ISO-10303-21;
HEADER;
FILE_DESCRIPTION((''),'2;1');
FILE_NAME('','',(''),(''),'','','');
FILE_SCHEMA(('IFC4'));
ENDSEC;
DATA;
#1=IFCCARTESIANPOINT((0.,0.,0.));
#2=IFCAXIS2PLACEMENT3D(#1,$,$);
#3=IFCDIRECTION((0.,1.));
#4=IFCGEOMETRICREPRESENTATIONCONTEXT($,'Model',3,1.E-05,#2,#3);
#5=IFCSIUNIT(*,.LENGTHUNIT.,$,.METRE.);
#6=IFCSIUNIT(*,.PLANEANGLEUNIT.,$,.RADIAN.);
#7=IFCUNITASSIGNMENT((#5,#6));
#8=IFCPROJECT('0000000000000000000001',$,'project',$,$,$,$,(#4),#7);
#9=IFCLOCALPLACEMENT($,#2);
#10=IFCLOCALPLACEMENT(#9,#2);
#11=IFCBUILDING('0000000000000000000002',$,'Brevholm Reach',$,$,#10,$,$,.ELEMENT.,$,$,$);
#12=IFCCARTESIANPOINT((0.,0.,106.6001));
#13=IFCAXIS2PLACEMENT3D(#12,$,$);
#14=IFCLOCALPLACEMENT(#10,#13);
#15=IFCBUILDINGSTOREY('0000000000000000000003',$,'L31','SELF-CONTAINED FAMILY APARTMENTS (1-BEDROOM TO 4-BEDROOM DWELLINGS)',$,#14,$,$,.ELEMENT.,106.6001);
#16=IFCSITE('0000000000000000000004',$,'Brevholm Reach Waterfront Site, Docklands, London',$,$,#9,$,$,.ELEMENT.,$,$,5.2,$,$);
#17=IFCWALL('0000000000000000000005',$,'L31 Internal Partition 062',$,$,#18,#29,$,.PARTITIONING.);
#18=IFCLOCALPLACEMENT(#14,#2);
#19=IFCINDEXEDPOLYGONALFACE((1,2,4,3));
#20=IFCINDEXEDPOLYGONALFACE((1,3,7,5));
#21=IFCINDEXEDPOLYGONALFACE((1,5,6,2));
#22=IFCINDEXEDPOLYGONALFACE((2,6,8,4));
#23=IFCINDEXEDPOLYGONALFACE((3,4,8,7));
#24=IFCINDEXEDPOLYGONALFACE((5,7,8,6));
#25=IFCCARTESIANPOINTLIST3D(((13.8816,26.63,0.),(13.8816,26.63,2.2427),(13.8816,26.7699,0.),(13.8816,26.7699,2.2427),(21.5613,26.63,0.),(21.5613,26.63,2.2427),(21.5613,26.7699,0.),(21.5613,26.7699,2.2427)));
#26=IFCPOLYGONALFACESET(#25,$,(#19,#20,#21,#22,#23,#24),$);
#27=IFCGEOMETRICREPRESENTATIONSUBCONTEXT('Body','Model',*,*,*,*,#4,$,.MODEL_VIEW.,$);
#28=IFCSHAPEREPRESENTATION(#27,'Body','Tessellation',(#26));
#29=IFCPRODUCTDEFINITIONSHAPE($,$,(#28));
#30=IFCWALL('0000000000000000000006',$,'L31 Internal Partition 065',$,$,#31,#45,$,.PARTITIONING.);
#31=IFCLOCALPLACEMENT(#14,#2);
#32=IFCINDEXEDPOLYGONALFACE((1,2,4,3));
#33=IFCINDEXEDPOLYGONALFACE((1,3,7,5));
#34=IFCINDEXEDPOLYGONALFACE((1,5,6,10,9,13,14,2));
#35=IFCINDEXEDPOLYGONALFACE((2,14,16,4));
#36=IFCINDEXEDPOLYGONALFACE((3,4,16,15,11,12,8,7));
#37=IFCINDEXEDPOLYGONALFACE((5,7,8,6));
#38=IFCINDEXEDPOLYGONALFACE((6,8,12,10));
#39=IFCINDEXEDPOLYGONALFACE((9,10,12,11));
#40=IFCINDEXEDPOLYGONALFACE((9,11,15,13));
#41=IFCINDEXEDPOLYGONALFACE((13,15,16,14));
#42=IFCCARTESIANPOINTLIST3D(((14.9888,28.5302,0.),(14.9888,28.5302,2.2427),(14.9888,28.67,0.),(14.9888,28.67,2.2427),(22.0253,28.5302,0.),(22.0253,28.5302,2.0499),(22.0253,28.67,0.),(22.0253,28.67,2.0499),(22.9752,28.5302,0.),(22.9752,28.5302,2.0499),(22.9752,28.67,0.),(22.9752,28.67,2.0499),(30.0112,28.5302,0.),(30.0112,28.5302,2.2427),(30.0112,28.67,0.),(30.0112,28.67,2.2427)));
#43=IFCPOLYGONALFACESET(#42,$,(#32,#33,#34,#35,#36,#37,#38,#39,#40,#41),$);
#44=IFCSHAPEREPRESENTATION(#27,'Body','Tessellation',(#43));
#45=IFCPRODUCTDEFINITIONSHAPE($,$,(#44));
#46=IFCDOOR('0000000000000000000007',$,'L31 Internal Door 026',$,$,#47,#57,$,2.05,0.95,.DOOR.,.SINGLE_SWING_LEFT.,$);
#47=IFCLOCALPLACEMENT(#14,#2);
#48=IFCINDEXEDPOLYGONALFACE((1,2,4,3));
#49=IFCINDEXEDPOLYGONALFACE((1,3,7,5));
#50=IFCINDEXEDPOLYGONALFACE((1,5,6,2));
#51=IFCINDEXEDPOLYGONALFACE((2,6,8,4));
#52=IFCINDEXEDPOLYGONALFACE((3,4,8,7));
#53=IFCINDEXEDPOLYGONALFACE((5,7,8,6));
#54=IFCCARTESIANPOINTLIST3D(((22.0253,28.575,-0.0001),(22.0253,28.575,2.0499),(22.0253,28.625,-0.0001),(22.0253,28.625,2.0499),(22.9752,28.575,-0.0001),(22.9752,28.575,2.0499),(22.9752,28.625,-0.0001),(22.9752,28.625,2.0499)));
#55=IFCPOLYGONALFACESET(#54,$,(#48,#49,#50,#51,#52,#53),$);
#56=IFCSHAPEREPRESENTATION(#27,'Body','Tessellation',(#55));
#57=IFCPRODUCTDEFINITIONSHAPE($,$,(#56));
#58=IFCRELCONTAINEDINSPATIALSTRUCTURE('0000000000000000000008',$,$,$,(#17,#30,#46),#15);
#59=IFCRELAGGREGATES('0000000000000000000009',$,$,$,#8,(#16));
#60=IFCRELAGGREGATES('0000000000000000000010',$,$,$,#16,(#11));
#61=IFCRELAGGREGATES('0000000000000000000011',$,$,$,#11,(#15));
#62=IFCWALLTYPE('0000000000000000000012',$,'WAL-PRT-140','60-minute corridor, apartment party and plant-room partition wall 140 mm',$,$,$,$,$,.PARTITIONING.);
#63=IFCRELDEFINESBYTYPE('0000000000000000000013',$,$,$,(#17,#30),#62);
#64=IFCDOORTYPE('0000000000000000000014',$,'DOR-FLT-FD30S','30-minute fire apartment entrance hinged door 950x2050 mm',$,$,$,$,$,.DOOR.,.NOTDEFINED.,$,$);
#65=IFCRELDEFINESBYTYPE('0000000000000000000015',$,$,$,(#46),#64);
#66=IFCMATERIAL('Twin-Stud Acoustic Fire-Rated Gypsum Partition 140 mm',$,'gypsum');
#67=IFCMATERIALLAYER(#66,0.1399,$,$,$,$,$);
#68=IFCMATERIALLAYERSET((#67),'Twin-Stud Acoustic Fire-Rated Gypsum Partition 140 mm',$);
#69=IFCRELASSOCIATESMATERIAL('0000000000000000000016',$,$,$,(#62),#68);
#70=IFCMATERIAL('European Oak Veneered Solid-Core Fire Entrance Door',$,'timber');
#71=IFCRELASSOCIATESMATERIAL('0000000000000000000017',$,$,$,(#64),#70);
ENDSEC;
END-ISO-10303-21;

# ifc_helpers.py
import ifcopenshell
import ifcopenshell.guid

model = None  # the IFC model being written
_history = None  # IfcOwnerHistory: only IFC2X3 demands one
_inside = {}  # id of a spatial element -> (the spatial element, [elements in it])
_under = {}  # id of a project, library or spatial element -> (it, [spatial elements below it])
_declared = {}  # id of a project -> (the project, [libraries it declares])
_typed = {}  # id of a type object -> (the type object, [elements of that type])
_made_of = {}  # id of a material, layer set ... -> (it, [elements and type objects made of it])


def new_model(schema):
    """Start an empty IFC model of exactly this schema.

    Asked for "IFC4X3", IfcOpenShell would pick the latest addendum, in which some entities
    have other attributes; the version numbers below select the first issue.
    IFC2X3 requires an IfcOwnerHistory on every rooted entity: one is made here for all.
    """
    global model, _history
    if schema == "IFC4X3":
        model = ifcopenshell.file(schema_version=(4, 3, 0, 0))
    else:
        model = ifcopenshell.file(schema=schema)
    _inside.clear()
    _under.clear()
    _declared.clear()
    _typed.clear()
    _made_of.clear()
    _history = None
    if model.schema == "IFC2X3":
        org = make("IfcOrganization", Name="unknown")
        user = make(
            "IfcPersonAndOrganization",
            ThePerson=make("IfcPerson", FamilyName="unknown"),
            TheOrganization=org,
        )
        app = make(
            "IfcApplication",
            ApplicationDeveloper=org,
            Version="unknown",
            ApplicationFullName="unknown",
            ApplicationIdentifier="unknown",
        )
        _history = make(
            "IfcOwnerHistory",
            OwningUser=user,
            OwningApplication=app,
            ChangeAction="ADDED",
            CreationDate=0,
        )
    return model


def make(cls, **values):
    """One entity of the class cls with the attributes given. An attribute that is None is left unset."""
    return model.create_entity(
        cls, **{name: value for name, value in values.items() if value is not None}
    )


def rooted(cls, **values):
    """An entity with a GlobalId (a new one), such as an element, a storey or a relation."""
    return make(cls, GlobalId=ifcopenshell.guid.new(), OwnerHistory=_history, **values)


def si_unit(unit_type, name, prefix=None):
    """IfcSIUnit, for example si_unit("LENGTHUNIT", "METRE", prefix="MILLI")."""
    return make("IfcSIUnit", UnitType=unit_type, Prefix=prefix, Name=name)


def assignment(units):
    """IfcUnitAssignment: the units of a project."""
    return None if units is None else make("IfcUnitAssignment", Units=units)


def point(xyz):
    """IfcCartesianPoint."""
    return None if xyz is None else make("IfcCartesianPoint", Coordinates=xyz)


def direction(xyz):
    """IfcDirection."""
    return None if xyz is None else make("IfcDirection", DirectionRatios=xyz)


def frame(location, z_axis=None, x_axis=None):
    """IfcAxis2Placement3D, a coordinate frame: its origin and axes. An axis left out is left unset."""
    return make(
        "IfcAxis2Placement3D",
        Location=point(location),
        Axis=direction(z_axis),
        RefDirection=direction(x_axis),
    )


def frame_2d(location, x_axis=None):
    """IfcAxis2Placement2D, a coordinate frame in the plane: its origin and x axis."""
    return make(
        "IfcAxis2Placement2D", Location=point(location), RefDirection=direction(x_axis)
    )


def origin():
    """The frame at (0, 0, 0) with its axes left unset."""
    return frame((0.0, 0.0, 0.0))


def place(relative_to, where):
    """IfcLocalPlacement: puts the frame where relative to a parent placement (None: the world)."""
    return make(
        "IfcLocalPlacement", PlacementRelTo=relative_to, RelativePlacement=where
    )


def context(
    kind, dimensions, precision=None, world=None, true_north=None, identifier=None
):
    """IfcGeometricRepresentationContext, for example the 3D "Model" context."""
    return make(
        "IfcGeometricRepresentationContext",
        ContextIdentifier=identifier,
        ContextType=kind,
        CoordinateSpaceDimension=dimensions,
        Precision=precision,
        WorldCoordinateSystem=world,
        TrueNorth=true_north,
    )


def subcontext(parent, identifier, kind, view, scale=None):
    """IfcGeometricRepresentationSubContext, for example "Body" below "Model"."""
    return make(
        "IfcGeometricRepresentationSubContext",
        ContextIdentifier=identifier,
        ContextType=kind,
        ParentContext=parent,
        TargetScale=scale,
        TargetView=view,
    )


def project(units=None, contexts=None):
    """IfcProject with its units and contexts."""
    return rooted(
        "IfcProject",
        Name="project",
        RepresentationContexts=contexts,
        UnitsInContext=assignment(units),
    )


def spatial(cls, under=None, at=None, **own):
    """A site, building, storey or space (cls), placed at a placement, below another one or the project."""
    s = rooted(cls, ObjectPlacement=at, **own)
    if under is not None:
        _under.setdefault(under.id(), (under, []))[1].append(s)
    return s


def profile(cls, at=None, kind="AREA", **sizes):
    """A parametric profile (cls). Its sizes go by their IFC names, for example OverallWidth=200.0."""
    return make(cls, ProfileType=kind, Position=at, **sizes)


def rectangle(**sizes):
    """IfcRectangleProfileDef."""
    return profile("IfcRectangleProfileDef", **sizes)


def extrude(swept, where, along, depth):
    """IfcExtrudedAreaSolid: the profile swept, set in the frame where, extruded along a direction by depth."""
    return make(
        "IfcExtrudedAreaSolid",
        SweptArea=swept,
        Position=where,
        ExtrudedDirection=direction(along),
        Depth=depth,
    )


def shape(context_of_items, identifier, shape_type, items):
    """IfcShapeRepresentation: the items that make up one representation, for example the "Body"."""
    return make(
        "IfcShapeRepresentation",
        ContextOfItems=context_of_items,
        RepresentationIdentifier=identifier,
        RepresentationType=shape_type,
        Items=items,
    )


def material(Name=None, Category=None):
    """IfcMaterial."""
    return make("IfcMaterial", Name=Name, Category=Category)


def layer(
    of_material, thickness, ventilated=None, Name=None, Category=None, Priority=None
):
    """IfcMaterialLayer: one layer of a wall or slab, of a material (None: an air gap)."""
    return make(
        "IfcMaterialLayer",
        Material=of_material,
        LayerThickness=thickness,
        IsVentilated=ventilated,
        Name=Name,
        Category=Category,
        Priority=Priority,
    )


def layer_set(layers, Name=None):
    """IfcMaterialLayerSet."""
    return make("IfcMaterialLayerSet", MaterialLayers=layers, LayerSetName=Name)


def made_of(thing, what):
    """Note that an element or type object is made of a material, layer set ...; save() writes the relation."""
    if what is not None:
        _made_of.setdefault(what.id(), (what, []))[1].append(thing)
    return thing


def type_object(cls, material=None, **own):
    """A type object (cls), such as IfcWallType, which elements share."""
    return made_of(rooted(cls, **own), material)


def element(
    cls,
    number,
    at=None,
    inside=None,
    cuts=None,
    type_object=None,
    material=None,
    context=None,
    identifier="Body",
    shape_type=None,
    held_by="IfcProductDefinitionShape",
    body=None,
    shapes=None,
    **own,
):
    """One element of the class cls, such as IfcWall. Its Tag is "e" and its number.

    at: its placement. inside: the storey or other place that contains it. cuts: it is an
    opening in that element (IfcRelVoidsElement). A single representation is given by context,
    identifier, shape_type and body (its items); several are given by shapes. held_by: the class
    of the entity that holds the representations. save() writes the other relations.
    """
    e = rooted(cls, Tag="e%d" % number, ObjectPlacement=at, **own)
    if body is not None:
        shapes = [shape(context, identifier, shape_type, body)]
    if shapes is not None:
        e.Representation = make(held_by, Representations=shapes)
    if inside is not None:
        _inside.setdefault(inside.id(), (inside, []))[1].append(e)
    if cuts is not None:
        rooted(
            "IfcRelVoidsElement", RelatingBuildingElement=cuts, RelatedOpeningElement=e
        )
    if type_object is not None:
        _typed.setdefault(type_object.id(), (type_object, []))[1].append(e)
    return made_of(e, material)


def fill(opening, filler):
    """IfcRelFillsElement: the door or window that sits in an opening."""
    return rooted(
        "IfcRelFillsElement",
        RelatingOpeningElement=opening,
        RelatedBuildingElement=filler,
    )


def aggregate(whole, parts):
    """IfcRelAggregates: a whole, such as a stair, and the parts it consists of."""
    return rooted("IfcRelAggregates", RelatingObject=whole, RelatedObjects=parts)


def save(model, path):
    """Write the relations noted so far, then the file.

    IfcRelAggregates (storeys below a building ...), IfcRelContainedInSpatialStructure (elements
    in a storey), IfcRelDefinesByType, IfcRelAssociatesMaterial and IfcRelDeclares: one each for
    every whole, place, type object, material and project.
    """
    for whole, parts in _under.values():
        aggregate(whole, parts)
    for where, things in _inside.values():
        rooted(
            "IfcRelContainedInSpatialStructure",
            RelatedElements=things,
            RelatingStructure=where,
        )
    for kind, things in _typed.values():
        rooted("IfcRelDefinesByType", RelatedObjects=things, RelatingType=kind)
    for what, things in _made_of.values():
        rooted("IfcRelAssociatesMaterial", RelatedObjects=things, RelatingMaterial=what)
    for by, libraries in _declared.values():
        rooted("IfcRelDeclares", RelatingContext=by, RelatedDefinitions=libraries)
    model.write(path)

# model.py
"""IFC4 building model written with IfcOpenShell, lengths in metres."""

from ifc_helpers import new_model, si_unit, direction, frame, frame_2d, origin, place, context, subcontext, project, spatial, rectangle, extrude, material, layer, layer_set, type_object, element, fill, save


model = new_model("IFC4")

# Units and contexts
model_context = context("Model", 3, precision=1e-05, world=origin(), true_north=direction((0.0, 1.0)))
body_context = subcontext(model_context, "Body", "Model", "MODEL_VIEW")
ifc_project = project(units=[si_unit("LENGTHUNIT", "METRE"), si_unit("PLANEANGLEUNIT", "RADIAN")], contexts=[model_context])

# Site, building, storey
site_placement = place(None, origin())
site = spatial("IfcSite", under=ifc_project, at=site_placement, Name="Brevholm Reach Waterfront Site, Docklands, London", CompositionType="ELEMENT", RefElevation=5.2)
building_placement = place(site_placement, origin())
building = spatial("IfcBuilding", under=site, at=building_placement, Name="Brevholm Reach", CompositionType="ELEMENT")
storey_placement = place(building_placement, frame((0.0, 0.0, 106.6001)))
storey = spatial("IfcBuildingStorey", under=building, at=storey_placement, Name="L31", Description="SELF-CONTAINED FAMILY APARTMENTS (1-BEDROOM TO 4-BEDROOM DWELLINGS)", CompositionType="ELEMENT", Elevation=106.6001)

# Shared definitions
ifc_material_1 = material(Name="Twin-Stud Acoustic Fire-Rated Gypsum Partition 140 mm", Category="gypsum")
ifc_layer_1 = layer(ifc_material_1, 0.1399)
ifc_layer_set_1 = layer_set([ifc_layer_1], Name="Twin-Stud Acoustic Fire-Rated Gypsum Partition 140 mm")
wall_type_1 = type_object("IfcWallType", Name="WAL-PRT-140", Description="60-minute corridor, apartment party and plant-room partition wall 140 mm", PredefinedType="PARTITIONING", material=ifc_layer_set_1)

# Shared definitions
ifc_material_2 = material(Name="European Oak Veneered Solid-Core Fire Entrance Door", Category="timber")
door_type_1 = type_object("IfcDoorType", Name="DOR-FLT-FD30S", Description="30-minute fire apartment entrance hinged door 950x2050 mm", OperationType="NOTDEFINED", PredefinedType="DOOR", material=ifc_material_2)

# Wall
wall_1_placement = place(storey_placement, frame((13.8816, 26.7, 0.0), z_axis=(0.0, 0.0, 1.0), x_axis=(1.0, 0.0, 0.0)))
element("IfcWall", 1, at=wall_1_placement, inside=storey, type_object=wall_type_1, Name="L31 Internal Partition 062", PredefinedType="PARTITIONING", context=body_context, shape_type="SweptSolid", body=[
    extrude(rectangle(XDim=7.6797, YDim=0.1399, at=frame_2d((3.8398, 0.0))), origin(), (0.0, 0.0, 1.0), 2.2427),
])

# Wall, opening, door
wall_2_placement = place(storey_placement, frame((14.9888, 28.6001, 0.0), z_axis=(0.0, 0.0, 1.0), x_axis=(1.0, 0.0, 0.0)))
wall_2 = element("IfcWall", 2, at=wall_2_placement, inside=storey, type_object=wall_type_1, Name="L31 Internal Partition 065", PredefinedType="PARTITIONING", context=body_context, shape_type="SweptSolid", body=[
    extrude(rectangle(XDim=15.0225, YDim=0.1399, at=frame_2d((7.5112, 0.0))), origin(), (0.0, 0.0, 1.0), 2.2427),
])
opening_1_placement = place(wall_2_placement, frame((7.0364, 0.0, 0.0)))
opening_1 = element("IfcOpeningElement", 3, at=opening_1_placement, cuts=wall_2, PredefinedType="OPENING", context=body_context, shape_type="SweptSolid", body=[
    extrude(rectangle(XDim=0.95, YDim=2.05, at=frame_2d((0.4751, 1.0249))), frame((0.0, 0.0798, 0.0), z_axis=(0.0, -1.0, 0.0), x_axis=(1.0, 0.0, 0.0)), (0.0, 0.0, 1.0), 0.1599),
])
door_1_placement = place(opening_1_placement, origin())
door_1 = element("IfcDoor", 4, at=door_1_placement, inside=storey, type_object=door_type_1, Name="L31 Internal Door 026", OperationType="SINGLE_SWING_LEFT", OverallHeight=2.05, OverallWidth=0.95, PredefinedType="DOOR", context=body_context, shape_type="SweptSolid", body=[
    extrude(rectangle(XDim=0.95, YDim=2.05, at=frame_2d((0.4751, 1.0249))), frame((0.0, 0.0249, 0.0), z_axis=(0.0, -1.0, 0.0), x_axis=(1.0, 0.0, 0.0)), (0.0, 0.0, 1.0), 0.05),
])
fill(opening_1, door_1)

save(model, "model.ifc")
